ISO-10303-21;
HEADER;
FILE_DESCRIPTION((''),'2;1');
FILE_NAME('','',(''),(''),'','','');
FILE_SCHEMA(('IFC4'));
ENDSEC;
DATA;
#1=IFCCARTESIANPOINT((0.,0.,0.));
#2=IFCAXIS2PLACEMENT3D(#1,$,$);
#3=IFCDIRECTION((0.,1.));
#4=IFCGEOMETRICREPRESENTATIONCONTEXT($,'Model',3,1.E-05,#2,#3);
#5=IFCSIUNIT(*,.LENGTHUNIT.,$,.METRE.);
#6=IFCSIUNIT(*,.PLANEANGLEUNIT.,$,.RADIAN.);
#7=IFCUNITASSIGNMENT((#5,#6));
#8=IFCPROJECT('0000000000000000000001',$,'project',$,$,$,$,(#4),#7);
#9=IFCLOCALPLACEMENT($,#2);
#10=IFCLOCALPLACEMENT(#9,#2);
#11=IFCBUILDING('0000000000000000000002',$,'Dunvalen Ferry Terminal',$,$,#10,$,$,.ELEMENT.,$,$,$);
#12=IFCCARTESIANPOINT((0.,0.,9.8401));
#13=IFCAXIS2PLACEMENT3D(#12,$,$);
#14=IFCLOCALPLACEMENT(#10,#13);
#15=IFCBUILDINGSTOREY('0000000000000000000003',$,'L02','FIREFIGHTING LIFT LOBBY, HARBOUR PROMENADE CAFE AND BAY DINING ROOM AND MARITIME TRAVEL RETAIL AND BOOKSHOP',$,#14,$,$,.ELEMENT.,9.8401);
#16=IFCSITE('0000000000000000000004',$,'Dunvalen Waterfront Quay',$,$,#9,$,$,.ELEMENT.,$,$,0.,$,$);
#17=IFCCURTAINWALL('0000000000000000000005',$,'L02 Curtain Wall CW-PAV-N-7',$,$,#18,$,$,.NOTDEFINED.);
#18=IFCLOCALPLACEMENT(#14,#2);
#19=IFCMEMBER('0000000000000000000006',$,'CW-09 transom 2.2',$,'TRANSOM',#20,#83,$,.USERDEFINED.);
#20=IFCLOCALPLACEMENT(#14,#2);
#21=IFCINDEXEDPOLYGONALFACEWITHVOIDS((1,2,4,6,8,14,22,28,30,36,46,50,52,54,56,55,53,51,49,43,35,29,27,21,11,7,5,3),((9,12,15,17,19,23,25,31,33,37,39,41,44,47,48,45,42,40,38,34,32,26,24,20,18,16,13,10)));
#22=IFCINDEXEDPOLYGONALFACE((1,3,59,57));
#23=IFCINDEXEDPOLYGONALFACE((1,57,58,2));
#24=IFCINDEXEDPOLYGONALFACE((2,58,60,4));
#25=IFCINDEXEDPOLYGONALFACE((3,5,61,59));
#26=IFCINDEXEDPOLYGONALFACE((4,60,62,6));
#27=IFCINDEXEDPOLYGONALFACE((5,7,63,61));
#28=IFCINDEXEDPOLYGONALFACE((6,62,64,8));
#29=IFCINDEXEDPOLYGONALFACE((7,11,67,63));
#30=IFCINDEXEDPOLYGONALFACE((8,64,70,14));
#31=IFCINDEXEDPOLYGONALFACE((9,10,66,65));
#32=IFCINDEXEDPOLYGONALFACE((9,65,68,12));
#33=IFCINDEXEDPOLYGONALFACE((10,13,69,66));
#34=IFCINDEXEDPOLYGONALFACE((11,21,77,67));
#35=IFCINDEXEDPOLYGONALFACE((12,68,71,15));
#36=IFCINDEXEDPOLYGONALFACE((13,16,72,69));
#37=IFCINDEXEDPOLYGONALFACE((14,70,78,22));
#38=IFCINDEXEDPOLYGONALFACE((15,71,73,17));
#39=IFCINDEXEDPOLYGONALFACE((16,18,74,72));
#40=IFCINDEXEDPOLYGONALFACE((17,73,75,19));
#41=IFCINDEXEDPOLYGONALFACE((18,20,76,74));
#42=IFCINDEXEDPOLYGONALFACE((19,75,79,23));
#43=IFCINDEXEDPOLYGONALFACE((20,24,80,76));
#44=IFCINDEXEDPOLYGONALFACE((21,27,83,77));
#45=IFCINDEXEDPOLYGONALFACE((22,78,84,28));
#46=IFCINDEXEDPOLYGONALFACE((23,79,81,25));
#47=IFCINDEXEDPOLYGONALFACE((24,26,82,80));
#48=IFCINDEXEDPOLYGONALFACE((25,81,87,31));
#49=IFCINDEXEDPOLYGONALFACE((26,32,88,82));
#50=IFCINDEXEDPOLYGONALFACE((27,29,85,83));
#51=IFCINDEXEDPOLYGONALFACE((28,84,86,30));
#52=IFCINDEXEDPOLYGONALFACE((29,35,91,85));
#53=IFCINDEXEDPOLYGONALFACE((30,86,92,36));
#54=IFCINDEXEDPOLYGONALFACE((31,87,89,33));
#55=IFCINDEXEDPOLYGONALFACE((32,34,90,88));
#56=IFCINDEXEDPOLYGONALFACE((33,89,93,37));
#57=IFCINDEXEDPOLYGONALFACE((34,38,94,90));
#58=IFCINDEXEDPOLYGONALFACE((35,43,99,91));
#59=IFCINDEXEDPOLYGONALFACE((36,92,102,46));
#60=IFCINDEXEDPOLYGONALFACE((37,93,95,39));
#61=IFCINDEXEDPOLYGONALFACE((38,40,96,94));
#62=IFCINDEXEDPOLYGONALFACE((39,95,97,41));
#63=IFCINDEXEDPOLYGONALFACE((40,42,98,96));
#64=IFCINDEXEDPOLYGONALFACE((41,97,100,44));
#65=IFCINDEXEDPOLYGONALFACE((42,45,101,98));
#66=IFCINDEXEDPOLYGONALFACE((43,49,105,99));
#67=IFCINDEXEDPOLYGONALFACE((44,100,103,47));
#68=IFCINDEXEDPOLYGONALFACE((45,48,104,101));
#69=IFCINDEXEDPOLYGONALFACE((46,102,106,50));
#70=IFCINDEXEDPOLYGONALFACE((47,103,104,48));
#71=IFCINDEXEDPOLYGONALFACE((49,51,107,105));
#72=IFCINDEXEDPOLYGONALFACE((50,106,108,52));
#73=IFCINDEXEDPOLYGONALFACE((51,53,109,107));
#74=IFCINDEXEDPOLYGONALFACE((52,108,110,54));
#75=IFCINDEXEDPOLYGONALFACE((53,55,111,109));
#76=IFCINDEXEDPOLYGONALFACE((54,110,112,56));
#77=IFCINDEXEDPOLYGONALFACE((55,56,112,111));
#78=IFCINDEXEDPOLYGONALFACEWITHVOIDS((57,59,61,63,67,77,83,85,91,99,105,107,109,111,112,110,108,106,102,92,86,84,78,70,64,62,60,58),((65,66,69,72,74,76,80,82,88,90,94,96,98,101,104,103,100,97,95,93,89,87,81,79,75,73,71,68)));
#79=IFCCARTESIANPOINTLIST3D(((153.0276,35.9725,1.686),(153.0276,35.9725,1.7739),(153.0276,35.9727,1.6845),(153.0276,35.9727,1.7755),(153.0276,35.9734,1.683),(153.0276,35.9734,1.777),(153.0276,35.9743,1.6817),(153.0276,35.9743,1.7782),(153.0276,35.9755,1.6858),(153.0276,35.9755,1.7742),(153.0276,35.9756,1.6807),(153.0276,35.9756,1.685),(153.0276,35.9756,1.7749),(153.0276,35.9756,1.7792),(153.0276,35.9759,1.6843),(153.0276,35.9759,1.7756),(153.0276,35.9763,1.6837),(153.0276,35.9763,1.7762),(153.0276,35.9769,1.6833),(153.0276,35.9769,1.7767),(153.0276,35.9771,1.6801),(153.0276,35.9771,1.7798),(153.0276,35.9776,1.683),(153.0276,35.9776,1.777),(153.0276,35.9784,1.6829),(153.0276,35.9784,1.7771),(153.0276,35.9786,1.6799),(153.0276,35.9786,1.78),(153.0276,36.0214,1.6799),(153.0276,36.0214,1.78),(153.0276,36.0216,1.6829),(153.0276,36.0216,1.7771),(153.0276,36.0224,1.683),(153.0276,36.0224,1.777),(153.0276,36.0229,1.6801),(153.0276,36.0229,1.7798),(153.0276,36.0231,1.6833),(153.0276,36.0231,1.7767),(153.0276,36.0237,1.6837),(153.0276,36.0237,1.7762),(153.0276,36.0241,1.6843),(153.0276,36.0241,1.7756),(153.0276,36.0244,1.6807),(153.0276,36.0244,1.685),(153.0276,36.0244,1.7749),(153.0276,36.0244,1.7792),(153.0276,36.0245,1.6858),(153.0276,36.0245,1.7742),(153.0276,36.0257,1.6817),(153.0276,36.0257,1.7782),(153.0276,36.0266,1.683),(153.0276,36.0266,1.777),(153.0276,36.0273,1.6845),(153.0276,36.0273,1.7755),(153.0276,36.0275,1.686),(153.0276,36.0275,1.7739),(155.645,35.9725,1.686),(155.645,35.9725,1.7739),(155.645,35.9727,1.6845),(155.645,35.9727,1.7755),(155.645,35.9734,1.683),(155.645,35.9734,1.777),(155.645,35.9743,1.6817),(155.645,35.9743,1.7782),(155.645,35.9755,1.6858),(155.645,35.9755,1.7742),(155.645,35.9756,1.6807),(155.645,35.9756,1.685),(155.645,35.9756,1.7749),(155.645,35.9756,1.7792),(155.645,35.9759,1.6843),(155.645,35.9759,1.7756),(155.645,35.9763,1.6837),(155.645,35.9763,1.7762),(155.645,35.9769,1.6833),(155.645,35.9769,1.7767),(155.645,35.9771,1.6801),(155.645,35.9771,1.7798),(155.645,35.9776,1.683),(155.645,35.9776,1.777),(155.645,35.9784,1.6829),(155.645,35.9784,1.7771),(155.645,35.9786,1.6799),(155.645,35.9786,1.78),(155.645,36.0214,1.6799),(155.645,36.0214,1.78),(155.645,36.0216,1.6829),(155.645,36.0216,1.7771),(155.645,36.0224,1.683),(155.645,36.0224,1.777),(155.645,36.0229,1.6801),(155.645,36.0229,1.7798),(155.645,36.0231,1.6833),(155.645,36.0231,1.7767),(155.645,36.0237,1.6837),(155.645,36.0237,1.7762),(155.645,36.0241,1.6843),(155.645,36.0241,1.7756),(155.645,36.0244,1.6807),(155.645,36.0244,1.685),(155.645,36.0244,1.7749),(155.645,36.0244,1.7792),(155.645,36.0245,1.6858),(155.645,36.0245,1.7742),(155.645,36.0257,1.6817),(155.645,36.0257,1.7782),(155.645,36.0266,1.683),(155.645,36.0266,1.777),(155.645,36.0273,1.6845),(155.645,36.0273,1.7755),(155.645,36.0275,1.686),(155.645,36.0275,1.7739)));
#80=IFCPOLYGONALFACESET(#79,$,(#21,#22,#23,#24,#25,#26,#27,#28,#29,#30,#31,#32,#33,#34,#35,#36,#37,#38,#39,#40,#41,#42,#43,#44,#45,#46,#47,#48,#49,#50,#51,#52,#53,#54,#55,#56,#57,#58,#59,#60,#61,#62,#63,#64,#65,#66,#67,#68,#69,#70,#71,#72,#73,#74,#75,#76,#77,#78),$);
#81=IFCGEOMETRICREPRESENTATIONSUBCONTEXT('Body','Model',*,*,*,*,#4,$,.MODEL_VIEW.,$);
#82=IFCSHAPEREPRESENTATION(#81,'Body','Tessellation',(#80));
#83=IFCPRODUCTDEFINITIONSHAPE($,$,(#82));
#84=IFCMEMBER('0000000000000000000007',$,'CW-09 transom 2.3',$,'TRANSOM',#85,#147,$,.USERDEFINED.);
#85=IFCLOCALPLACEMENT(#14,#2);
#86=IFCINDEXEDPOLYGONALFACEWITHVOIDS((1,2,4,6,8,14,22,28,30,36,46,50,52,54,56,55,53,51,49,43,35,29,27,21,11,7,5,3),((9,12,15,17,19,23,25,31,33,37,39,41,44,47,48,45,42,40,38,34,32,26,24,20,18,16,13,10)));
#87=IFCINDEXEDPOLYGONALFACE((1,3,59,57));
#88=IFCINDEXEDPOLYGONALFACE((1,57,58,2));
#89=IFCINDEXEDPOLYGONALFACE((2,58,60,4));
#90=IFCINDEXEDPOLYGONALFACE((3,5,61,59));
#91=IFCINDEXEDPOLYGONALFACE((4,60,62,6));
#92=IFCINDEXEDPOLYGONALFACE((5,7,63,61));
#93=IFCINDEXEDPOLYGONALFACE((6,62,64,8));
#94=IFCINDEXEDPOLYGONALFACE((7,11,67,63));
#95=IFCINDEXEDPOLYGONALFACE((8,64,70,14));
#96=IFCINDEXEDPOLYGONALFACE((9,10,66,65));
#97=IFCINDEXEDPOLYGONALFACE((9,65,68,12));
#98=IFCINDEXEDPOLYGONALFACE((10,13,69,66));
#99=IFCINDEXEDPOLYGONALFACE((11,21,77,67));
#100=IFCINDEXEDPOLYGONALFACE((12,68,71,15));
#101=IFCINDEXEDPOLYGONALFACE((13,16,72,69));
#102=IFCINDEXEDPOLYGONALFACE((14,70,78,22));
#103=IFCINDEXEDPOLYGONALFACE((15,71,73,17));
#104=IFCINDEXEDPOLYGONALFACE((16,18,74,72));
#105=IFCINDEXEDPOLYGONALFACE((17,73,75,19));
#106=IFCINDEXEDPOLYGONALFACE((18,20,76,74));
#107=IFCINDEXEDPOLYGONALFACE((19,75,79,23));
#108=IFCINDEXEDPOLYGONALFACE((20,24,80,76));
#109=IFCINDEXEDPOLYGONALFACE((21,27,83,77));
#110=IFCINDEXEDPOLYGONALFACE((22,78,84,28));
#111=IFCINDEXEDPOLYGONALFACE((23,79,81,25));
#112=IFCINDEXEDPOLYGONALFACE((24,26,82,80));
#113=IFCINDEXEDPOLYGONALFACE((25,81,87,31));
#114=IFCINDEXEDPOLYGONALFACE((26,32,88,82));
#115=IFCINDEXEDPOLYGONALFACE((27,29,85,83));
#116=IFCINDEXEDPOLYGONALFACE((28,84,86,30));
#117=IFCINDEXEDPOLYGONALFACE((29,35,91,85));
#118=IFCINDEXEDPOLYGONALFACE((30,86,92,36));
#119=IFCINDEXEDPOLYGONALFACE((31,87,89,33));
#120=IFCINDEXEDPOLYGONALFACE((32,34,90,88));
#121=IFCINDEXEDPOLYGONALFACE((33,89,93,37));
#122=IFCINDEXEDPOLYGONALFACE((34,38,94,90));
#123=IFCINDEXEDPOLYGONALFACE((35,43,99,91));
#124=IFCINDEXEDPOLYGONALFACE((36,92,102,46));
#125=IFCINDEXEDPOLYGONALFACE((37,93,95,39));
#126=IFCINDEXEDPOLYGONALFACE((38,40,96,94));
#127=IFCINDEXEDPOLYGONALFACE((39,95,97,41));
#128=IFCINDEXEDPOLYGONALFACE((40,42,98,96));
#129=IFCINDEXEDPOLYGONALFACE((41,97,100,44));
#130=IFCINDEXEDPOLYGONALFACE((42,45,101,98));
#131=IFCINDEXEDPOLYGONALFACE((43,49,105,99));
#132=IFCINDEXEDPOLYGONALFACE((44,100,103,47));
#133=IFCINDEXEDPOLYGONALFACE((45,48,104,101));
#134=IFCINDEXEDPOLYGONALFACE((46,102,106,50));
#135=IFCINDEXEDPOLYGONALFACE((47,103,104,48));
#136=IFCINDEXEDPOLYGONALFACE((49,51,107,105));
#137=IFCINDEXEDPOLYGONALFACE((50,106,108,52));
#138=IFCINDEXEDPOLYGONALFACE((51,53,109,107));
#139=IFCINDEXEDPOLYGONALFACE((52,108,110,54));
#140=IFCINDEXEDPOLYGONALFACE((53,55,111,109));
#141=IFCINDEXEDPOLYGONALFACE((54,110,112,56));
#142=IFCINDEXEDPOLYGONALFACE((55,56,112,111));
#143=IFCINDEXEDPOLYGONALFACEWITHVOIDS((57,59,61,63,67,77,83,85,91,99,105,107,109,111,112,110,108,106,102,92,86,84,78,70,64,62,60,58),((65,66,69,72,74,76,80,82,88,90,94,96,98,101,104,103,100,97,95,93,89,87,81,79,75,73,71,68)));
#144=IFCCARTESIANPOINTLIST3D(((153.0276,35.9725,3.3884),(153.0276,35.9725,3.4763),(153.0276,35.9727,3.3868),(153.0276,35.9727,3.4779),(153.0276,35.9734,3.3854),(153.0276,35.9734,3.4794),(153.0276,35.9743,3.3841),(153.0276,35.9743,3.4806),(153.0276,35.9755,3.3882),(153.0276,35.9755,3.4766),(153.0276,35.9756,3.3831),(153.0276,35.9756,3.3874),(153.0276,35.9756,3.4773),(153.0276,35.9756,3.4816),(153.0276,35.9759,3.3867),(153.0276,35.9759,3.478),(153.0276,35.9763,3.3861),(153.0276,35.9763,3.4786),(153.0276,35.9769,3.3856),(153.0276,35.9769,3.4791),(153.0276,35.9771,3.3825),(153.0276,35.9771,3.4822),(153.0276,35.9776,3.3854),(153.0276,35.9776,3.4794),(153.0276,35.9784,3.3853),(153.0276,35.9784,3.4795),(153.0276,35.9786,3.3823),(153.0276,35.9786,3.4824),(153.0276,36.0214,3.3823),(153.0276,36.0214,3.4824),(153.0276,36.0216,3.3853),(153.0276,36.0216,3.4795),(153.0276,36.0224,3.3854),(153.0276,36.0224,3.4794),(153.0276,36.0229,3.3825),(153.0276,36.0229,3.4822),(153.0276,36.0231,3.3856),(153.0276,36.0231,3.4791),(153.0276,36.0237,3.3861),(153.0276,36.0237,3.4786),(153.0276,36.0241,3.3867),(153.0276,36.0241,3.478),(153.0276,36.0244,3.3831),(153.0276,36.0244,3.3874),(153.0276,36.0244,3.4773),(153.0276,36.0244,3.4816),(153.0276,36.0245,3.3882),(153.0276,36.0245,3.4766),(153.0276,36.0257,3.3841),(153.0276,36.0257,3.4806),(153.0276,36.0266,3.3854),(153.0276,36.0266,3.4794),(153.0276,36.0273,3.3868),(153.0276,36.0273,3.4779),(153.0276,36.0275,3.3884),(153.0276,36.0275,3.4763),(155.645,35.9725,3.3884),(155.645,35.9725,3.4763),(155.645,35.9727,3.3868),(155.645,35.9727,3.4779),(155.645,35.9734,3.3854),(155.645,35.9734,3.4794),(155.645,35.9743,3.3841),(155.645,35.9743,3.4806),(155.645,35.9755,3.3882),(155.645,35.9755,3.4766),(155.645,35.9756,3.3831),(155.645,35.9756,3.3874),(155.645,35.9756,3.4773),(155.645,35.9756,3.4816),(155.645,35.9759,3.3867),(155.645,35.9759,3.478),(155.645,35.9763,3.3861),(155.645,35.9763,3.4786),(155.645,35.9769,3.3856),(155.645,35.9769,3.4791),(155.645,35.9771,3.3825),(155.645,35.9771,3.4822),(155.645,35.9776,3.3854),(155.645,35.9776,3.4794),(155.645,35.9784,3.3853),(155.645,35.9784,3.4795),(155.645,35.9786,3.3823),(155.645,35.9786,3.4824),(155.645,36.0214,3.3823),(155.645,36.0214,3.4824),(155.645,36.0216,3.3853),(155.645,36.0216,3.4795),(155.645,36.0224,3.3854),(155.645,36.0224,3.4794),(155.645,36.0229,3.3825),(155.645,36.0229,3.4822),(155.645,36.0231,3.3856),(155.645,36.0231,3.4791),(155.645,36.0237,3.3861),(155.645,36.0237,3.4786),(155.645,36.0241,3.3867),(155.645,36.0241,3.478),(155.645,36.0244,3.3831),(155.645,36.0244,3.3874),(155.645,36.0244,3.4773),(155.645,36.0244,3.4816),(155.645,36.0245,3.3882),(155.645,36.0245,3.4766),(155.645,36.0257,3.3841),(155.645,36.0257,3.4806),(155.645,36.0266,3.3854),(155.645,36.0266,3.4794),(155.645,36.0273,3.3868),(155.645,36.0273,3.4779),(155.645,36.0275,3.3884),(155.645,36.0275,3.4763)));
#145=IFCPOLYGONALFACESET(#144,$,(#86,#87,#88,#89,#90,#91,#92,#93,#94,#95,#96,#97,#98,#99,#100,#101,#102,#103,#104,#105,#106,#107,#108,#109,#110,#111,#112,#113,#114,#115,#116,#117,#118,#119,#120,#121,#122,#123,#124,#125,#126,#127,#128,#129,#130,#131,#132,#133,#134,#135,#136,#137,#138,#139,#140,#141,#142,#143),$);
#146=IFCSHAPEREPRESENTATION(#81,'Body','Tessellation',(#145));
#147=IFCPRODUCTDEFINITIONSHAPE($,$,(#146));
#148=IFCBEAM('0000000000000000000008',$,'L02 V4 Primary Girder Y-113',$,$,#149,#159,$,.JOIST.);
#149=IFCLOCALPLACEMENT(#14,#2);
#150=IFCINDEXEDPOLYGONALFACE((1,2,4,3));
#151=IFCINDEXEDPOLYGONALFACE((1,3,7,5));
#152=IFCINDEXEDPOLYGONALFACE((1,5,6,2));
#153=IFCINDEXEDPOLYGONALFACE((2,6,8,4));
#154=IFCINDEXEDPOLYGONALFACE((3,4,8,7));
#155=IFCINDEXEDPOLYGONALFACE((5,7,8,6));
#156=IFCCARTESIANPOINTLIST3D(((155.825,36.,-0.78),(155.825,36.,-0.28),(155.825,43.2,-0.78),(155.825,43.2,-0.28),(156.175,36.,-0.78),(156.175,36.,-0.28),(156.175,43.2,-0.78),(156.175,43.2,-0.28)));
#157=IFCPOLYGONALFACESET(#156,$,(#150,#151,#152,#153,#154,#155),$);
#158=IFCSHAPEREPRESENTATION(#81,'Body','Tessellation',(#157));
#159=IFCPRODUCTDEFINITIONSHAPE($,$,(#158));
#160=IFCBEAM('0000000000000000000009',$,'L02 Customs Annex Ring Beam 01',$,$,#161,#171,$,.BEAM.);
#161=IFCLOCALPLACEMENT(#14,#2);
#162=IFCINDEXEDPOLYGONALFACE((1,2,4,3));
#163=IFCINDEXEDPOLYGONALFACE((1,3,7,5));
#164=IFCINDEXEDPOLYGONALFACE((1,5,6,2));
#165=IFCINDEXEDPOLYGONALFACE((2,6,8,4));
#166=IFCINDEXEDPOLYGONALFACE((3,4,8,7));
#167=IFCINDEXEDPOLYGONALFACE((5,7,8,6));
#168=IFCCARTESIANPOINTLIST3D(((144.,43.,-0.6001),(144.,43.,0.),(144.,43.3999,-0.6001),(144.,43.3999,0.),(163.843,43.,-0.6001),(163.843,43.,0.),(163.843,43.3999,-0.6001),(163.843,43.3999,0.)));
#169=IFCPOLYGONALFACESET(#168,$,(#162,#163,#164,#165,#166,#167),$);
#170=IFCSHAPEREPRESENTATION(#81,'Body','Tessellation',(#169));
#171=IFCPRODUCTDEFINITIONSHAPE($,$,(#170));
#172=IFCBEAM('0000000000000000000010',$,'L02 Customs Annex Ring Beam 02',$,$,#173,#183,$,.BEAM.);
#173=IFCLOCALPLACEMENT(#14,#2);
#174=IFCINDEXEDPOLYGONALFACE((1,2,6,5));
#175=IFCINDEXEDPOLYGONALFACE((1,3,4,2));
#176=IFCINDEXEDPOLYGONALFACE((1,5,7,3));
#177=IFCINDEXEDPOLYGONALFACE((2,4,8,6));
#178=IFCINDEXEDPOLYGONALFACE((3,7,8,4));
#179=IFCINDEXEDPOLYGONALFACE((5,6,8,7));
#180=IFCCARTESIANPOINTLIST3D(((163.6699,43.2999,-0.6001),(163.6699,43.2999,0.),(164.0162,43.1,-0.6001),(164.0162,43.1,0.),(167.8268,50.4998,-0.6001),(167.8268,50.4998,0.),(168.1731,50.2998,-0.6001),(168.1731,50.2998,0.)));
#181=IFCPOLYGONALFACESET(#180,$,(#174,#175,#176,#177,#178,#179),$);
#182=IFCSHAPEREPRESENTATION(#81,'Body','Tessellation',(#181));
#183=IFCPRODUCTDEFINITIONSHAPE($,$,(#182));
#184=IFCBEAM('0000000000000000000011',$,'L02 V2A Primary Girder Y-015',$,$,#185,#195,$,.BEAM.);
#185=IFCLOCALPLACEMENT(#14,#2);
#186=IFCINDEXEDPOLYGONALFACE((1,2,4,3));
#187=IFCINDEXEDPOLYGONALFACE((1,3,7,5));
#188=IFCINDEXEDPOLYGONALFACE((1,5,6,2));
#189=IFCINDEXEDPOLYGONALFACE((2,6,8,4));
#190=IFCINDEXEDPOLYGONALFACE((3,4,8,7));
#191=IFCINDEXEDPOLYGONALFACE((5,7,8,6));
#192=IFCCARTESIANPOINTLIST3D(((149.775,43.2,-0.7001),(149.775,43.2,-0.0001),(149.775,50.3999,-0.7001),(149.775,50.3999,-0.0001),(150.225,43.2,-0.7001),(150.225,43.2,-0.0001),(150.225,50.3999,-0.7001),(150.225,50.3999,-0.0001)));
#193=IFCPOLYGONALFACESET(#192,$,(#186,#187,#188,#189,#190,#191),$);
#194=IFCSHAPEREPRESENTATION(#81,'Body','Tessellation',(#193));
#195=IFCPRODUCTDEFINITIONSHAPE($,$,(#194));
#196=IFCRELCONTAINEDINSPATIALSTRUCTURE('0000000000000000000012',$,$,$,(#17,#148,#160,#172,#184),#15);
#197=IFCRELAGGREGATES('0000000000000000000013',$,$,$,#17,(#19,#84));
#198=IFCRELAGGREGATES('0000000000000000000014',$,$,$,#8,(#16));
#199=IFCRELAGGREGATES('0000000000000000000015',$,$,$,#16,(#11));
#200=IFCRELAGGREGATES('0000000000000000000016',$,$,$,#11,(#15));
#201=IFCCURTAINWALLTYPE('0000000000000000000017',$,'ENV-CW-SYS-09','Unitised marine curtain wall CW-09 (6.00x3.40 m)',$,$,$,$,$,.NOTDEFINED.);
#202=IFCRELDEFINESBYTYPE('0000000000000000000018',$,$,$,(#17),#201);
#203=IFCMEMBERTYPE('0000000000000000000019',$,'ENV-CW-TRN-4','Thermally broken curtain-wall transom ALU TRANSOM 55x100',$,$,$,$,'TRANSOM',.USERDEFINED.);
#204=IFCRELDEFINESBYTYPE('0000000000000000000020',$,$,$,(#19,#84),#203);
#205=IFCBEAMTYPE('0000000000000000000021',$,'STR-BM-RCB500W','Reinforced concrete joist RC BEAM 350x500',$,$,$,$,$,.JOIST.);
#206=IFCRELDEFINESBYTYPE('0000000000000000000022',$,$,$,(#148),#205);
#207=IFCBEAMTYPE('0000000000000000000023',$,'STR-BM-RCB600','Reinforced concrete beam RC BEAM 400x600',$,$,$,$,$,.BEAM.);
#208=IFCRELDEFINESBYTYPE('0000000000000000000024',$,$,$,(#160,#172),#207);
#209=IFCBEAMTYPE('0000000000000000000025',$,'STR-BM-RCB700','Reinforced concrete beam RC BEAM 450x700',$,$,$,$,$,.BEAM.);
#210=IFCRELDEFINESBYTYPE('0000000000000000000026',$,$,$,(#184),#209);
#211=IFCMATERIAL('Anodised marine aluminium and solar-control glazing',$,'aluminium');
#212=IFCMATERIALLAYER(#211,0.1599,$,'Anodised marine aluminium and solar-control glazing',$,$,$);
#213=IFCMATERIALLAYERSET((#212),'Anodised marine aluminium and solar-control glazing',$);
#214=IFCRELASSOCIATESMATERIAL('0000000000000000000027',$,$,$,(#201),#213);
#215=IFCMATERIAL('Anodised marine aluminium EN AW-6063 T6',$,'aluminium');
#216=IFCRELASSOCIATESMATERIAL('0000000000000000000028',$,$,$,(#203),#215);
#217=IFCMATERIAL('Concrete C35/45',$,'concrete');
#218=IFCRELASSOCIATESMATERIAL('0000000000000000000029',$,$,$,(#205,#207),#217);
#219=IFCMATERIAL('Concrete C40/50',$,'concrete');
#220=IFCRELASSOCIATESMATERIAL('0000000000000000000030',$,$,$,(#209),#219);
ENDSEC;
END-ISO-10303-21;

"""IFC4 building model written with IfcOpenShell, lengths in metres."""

from ifc_helpers import new_model, si_unit, direction, frame, origin, origin_2d, place, context, subcontext, project, spatial, rectangle, hollow_rectangle, extrude, material, layer, layer_set, material_profile, profile_set, type_object, element, aggregate, save


model = new_model("IFC4")

# Units and contexts
model_context = context("Model", 3, precision=1e-05, world=origin(), true_north=direction((0.0, 1.0)))
body_context = subcontext(model_context, "Body", "Model", "MODEL_VIEW")
ifc_project = project(units=[si_unit("LENGTHUNIT", "METRE"), si_unit("PLANEANGLEUNIT", "RADIAN")], contexts=[model_context])

# Site, building, storey
site_placement = place(None, origin())
site = spatial("IfcSite", under=ifc_project, at=site_placement, Name="Dunvalen Waterfront Quay", CompositionType="ELEMENT", RefElevation=0.0)
building_placement = place(site_placement, origin())
building = spatial("IfcBuilding", under=site, at=building_placement, Name="Dunvalen Ferry Terminal", CompositionType="ELEMENT")
storey_placement = place(building_placement, frame((0.0, 0.0, 9.8401)))
storey = spatial("IfcBuildingStorey", under=building, at=storey_placement, Name="L02", Description="FIREFIGHTING LIFT LOBBY, HARBOUR PROMENADE CAFE AND BAY DINING ROOM AND MARITIME TRAVEL RETAIL AND BOOKSHOP", CompositionType="ELEMENT", Elevation=9.8401)

# Curtain wall, members
ifc_material_1 = material(Name="Anodised marine aluminium and solar-control glazing", Category="aluminium")
ifc_layer_1 = layer(ifc_material_1, 0.1599, Name="Anodised marine aluminium and solar-control glazing")
ifc_layer_set_1 = layer_set([ifc_layer_1], Name="Anodised marine aluminium and solar-control glazing")
curtain_wall_type = type_object("IfcCurtainWallType", Name="ENV-CW-SYS-09", Description="Unitised marine curtain wall CW-09 (6.00x3.40 m)", PredefinedType="NOTDEFINED", material=ifc_layer_set_1)
curtain_wall_placement = place(storey_placement, origin())
curtain_wall = element("IfcCurtainWall", 1, at=curtain_wall_placement, inside=storey, type_object=curtain_wall_type, Name="L02 Curtain Wall CW-PAV-N-7", PredefinedType="NOTDEFINED")
ifc_material_2 = material(Name="Anodised marine aluminium EN AW-6063 T6", Category="aluminium")
ifc_material_profile_1 = material_profile(ifc_material_2, hollow_rectangle(XDim=0.0549, YDim=0.1001, WallThickness=0.0029, InnerFilletRadius=0.0029, OuterFilletRadius=0.0061, at=origin_2d()), Name="Anodised marine aluminium EN AW-6063 T6")
ifc_profile_set_1 = profile_set([ifc_material_profile_1], Name="Anodised marine aluminium EN AW-6063 T6")
member_type_1 = type_object("IfcMemberType", Name="ENV-CW-TRN-4", Description="Thermally broken curtain-wall transom ALU TRANSOM 55x100", ElementType="TRANSOM", PredefinedType="USERDEFINED", material=ifc_profile_set_1)
member_1_placement = place(storey_placement, frame((153.0276, 36.0, 1.73), z_axis=(1.0, 0.0, 0.0), x_axis=(0.0, 1.0, 0.0)))
member_1 = element("IfcMember", 2, at=member_1_placement, type_object=member_type_1, Name="CW-09 transom 2.2", ObjectType="TRANSOM", PredefinedType="USERDEFINED", context=body_context, shape_type="SweptSolid", body=[
    extrude(hollow_rectangle(XDim=0.0549, YDim=0.1001, WallThickness=0.0029, InnerFilletRadius=0.0029, OuterFilletRadius=0.0061, at=origin_2d()), origin(), (0.0, 0.0, 1.0), 2.6174),
])
member_2_placement = place(storey_placement, frame((153.0276, 36.0, 3.4324), z_axis=(1.0, 0.0, 0.0), x_axis=(0.0, 1.0, 0.0)))
member_2 = element("IfcMember", 3, at=member_2_placement, type_object=member_type_1, Name="CW-09 transom 2.3", ObjectType="TRANSOM", PredefinedType="USERDEFINED", context=body_context, shape_type="SweptSolid", body=[
    extrude(hollow_rectangle(XDim=0.0549, YDim=0.1001, WallThickness=0.0029, InnerFilletRadius=0.0029, OuterFilletRadius=0.0061, at=origin_2d()), origin(), (0.0, 0.0, 1.0), 2.6174),
])

# Beams
ifc_material_3 = material(Name="Concrete C35/45", Category="concrete")
ifc_material_profile_2 = material_profile(ifc_material_3, rectangle(XDim=0.3501, YDim=0.5, at=origin_2d()), Name="Concrete C35/45")
ifc_profile_set_2 = profile_set([ifc_material_profile_2], Name="Concrete C35/45")
beam_type_1 = type_object("IfcBeamType", Name="STR-BM-RCB500W", Description="Reinforced concrete joist RC BEAM 350x500", PredefinedType="JOIST", material=ifc_profile_set_2)
beam_1_placement = place(storey_placement, frame((156.0, 36.0, -0.53), z_axis=(0.0, 1.0, 0.0), x_axis=(-1.0, 0.0, 0.0)))
element("IfcBeam", 4, at=beam_1_placement, inside=storey, type_object=beam_type_1, Name="L02 V4 Primary Girder Y-113", PredefinedType="JOIST", context=body_context, shape_type="SweptSolid", body=[
    extrude(rectangle(XDim=0.3501, YDim=0.5, at=origin_2d()), origin(), (0.0, 0.0, 1.0), 7.2),
])
ifc_material_profile_3 = material_profile(ifc_material_3, rectangle(XDim=0.3999, YDim=0.6001, at=origin_2d()), Name="Concrete C35/45")
ifc_profile_set_3 = profile_set([ifc_material_profile_3], Name="Concrete C35/45")
beam_type_2 = type_object("IfcBeamType", Name="STR-BM-RCB600", Description="Reinforced concrete beam RC BEAM 400x600", PredefinedType="BEAM", material=ifc_profile_set_3)
beam_2_placement = place(storey_placement, frame((144.0, 43.2, -0.3), z_axis=(1.0, 0.0, 0.0), x_axis=(0.0, 1.0, 0.0)))
element("IfcBeam", 5, at=beam_2_placement, inside=storey, type_object=beam_type_2, Name="L02 Customs Annex Ring Beam 01", PredefinedType="BEAM", context=body_context, shape_type="SweptSolid", body=[
    extrude(rectangle(XDim=0.3999, YDim=0.6001, at=origin_2d()), origin(), (0.0, 0.0, 1.0), 19.843),
])
beam_3_placement = place(storey_placement, frame((163.843, 43.2, -0.3), z_axis=(0.500008, 0.866021, 0.0), x_axis=(-0.866021, 0.500008, 0.0)))
element("IfcBeam", 6, at=beam_3_placement, inside=storey, type_object=beam_type_2, Name="L02 Customs Annex Ring Beam 02", PredefinedType="BEAM", context=body_context, shape_type="SweptSolid", body=[
    extrude(rectangle(XDim=0.3999, YDim=0.6001, at=origin_2d()), origin(), (0.0, 0.0, 1.0), 8.3137),
])
ifc_material_4 = material(Name="Concrete C40/50", Category="concrete")
ifc_material_profile_4 = material_profile(ifc_material_4, rectangle(XDim=0.45, YDim=0.7, at=origin_2d()), Name="Concrete C40/50")
ifc_profile_set_4 = profile_set([ifc_material_profile_4], Name="Concrete C40/50")
beam_type_3 = type_object("IfcBeamType", Name="STR-BM-RCB700", Description="Reinforced concrete beam RC BEAM 450x700", PredefinedType="BEAM", material=ifc_profile_set_4)
for number, where, z_axis, x_axis, name in (
    (7, (150.0, 43.2, -0.3501), (0.0, 1.0, 0.0), (-1.0, 0.0, 0.0), "L02 V2A Primary Girder Y-015"),
):
    element("IfcBeam", number, at=place(storey_placement, frame(where, z_axis=z_axis, x_axis=x_axis)), inside=storey, type_object=beam_type_3, Name=name, PredefinedType="BEAM", context=body_context, shape_type="SweptSolid", body=[
        extrude(rectangle(XDim=0.45, YDim=0.7, at=origin_2d()), origin(), (0.0, 0.0, 1.0), 7.2),
    ])

aggregate(curtain_wall, [member_1, member_2])

save(model, "model.ifc")
